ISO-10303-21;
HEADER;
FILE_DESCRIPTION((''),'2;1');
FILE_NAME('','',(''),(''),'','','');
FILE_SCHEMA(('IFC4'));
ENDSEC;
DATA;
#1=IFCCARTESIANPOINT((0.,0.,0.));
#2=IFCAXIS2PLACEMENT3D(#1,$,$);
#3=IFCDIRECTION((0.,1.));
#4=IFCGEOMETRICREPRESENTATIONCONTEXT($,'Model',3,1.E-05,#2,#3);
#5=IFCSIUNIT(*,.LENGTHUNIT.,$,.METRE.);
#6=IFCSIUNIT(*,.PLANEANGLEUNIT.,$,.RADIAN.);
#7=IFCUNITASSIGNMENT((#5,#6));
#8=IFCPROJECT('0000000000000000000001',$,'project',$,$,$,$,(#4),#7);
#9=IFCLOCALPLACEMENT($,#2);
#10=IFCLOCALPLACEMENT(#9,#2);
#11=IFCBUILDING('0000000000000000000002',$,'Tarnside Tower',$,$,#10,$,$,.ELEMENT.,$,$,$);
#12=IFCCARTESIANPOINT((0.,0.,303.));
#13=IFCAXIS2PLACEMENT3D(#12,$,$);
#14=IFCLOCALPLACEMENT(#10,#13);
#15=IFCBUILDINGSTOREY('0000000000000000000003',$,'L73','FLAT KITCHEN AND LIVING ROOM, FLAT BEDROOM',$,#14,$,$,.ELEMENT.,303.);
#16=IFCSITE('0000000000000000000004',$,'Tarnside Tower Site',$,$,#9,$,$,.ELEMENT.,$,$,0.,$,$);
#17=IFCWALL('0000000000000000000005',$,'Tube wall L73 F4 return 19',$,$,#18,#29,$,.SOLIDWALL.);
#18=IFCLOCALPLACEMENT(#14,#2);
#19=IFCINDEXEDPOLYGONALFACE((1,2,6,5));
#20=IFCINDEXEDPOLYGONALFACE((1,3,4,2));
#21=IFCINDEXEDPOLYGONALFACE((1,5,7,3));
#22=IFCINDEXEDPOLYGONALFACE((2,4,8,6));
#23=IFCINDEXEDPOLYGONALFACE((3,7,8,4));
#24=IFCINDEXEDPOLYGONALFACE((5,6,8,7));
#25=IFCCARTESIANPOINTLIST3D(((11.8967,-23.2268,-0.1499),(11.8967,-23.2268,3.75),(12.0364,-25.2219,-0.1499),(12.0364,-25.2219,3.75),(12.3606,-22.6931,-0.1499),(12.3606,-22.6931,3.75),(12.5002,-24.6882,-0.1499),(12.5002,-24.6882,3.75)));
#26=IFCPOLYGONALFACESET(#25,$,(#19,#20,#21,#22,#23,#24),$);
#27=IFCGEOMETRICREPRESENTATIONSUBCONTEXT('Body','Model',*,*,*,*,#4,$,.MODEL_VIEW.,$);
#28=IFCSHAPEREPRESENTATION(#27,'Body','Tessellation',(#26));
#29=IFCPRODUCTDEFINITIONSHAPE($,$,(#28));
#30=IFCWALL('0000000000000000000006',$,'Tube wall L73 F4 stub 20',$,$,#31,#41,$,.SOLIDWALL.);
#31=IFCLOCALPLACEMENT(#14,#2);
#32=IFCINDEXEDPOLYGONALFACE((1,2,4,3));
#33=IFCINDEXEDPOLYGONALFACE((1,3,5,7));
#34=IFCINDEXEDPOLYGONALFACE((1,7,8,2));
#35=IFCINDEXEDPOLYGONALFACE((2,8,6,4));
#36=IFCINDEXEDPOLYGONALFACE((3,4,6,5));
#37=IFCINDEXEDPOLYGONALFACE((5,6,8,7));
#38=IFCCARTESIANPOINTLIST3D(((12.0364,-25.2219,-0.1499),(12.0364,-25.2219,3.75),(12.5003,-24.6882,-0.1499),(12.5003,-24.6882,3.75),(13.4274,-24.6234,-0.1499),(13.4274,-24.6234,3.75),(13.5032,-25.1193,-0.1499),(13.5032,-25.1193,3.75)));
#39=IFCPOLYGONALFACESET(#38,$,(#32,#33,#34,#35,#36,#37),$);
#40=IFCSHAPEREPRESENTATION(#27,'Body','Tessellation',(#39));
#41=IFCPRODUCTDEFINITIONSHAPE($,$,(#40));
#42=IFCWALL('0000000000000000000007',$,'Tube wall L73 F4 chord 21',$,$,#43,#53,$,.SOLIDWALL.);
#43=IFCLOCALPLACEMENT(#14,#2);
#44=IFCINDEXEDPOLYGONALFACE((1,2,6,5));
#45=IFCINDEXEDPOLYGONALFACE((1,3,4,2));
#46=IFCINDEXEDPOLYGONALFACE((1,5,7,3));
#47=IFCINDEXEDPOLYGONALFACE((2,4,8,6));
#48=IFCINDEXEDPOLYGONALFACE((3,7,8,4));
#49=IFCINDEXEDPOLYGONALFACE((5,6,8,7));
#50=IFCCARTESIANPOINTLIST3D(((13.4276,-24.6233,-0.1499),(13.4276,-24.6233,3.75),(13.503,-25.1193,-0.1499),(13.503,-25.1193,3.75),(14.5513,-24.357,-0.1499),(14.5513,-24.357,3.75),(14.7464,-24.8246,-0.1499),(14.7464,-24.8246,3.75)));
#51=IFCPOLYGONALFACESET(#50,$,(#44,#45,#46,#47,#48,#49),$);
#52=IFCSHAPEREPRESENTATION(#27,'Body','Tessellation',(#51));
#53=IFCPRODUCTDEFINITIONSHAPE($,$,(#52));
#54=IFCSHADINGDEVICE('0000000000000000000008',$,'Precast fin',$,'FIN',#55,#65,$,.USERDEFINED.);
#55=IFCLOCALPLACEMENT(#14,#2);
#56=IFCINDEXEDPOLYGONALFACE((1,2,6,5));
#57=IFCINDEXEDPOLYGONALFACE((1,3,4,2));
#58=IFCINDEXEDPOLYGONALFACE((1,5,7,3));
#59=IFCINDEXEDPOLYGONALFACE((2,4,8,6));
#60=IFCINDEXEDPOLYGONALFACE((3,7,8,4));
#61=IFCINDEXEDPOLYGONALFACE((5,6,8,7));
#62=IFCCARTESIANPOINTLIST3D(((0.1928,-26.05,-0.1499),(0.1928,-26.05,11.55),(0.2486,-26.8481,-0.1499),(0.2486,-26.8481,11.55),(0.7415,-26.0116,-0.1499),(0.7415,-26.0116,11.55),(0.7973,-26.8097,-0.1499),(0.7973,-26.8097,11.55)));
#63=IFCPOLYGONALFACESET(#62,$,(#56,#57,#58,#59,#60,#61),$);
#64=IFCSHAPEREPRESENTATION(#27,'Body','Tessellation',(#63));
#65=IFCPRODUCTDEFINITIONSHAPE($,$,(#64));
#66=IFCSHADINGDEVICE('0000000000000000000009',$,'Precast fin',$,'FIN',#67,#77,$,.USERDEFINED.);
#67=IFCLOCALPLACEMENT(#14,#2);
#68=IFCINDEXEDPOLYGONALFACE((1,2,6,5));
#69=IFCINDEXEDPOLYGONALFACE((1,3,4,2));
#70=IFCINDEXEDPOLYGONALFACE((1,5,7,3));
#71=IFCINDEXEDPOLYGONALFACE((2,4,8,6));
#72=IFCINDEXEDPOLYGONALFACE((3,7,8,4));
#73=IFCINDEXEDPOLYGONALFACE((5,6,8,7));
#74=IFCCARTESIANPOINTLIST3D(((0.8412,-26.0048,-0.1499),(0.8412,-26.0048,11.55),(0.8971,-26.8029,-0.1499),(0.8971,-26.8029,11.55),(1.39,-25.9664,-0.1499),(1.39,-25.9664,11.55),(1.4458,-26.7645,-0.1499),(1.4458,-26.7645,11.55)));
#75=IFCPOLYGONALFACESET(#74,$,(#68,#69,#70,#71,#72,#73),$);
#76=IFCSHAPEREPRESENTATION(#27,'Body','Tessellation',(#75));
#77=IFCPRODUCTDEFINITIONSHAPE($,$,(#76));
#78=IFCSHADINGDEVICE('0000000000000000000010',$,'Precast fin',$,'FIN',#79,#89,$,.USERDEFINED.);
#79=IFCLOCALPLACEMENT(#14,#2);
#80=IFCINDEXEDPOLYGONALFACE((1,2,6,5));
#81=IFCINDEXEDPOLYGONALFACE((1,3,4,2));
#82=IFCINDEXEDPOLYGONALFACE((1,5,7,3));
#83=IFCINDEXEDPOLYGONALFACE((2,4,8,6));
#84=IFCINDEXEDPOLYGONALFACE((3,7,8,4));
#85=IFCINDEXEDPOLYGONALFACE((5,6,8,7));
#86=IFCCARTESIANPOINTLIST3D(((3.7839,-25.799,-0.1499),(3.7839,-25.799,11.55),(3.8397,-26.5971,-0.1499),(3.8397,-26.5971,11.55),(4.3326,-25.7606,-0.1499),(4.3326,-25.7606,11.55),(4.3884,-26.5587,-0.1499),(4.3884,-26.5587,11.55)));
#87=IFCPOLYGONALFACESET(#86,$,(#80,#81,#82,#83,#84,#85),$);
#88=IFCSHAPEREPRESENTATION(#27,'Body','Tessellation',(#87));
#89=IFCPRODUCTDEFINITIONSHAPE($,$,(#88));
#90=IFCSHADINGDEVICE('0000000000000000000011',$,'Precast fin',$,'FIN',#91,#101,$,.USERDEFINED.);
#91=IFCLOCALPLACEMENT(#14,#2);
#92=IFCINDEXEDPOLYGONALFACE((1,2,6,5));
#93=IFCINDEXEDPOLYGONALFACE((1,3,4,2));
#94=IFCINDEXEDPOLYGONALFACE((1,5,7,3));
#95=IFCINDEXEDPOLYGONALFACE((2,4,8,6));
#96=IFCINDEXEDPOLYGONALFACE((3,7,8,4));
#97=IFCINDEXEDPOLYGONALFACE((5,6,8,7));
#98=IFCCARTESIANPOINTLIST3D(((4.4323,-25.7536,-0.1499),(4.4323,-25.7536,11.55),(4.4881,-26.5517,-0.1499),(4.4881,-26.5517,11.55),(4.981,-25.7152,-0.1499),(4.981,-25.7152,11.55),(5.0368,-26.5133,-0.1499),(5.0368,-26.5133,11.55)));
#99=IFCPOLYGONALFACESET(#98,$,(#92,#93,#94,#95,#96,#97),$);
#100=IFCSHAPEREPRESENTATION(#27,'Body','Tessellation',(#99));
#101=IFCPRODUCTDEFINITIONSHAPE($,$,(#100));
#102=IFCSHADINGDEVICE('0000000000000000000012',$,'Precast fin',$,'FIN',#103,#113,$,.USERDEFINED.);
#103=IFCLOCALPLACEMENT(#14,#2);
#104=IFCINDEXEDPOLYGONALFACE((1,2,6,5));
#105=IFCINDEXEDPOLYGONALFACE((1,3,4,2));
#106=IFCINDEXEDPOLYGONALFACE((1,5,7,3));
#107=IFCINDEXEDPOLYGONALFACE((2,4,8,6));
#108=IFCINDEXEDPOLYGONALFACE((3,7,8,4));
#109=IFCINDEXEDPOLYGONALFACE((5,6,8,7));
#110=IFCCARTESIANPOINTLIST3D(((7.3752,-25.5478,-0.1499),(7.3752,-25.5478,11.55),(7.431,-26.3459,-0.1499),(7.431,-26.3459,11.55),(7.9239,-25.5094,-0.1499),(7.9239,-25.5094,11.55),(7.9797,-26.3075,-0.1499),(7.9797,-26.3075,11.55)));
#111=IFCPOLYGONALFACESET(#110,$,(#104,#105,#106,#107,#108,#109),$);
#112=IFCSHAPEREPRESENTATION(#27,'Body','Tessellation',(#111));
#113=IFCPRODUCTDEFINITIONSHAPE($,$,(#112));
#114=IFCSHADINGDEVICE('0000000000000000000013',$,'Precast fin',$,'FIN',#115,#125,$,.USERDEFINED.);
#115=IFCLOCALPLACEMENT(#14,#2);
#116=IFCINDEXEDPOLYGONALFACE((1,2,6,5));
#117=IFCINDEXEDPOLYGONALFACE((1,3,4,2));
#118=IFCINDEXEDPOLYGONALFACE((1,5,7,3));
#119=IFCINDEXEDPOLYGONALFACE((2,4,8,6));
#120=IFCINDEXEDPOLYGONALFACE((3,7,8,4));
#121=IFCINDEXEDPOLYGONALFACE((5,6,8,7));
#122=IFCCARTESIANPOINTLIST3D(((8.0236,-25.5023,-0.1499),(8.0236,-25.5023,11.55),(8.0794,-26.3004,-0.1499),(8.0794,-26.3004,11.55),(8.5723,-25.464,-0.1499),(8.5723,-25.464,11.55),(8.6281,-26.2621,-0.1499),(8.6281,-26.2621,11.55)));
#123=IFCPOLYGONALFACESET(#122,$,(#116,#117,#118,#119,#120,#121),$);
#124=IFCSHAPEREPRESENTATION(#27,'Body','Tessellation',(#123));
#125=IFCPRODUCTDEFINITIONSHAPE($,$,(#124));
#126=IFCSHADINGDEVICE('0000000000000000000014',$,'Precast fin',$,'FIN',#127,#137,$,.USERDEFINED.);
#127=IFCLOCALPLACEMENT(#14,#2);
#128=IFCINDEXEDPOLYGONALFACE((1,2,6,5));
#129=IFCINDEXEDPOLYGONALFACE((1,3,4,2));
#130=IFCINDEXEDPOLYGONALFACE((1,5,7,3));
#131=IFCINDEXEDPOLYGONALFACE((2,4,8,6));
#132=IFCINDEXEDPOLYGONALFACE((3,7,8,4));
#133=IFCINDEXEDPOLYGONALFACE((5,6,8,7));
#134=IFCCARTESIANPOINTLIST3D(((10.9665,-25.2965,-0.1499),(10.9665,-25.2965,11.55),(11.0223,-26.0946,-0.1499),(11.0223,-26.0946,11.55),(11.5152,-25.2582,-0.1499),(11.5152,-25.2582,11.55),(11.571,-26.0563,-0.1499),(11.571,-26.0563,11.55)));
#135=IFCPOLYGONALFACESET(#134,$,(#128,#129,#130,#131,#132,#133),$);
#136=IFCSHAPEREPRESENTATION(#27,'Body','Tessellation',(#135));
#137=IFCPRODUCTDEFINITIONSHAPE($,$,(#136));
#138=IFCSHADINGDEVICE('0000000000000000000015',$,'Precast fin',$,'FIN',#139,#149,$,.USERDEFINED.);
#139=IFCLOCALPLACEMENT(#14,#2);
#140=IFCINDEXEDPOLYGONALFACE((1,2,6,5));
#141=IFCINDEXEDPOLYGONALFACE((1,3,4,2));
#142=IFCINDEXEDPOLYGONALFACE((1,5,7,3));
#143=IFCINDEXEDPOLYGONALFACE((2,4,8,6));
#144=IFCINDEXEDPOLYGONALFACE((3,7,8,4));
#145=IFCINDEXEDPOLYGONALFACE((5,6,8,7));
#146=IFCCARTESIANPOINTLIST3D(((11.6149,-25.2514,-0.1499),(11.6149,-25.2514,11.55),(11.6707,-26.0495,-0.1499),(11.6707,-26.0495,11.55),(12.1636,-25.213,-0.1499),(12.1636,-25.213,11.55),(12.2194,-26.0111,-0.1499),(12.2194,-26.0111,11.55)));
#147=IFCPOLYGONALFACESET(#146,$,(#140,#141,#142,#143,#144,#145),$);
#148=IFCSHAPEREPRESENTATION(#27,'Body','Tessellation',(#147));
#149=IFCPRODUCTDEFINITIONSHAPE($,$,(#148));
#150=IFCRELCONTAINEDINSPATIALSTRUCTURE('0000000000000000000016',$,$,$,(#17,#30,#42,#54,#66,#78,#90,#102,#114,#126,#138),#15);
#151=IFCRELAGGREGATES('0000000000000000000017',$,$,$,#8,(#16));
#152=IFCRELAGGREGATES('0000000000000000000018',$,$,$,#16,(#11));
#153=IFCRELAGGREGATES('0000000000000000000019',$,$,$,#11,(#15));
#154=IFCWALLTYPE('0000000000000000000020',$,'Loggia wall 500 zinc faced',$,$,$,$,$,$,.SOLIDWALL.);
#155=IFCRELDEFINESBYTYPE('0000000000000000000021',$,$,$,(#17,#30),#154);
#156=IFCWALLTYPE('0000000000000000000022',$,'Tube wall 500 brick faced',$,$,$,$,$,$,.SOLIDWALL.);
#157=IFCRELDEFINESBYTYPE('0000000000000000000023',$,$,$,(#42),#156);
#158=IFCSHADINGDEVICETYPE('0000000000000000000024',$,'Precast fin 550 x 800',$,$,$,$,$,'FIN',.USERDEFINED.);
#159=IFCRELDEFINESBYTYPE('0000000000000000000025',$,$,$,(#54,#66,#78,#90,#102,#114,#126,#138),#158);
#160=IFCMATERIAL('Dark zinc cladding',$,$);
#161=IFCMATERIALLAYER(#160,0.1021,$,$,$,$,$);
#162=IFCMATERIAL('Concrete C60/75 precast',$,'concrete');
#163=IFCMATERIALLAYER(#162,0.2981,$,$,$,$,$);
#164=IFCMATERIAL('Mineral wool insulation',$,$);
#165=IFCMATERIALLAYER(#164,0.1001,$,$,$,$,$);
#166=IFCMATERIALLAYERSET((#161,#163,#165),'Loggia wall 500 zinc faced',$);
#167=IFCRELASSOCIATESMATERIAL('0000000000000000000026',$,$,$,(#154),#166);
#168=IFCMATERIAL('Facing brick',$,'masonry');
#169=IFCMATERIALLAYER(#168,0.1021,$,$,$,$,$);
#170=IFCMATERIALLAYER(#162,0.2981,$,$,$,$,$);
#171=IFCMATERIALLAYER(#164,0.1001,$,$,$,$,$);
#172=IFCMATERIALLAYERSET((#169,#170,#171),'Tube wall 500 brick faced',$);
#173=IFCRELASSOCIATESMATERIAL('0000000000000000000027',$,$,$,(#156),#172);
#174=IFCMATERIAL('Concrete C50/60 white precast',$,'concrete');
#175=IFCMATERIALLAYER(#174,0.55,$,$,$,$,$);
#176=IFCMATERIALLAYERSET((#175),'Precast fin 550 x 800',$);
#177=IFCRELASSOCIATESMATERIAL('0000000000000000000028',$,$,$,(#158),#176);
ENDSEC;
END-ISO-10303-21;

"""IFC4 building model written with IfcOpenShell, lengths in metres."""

from ifc_helpers import new_model, si_unit, direction, frame, origin, place, context, subcontext, project, spatial, polyline, outline, extrude, material, layer, layer_set, type_object, element, save


model = new_model("IFC4")

# Units and contexts
model_context = context("Model", 3, precision=1e-05, world=origin(), true_north=direction((0.0, 1.0)))
body_context = subcontext(model_context, "Body", "Model", "MODEL_VIEW")
ifc_project = project(units=[si_unit("LENGTHUNIT", "METRE"), si_unit("PLANEANGLEUNIT", "RADIAN")], contexts=[model_context])

# Site, building, storey
site_placement = place(None, origin())
site = spatial("IfcSite", under=ifc_project, at=site_placement, Name="Tarnside Tower Site", CompositionType="ELEMENT", RefElevation=0.0)
building_placement = place(site_placement, origin())
building = spatial("IfcBuilding", under=site, at=building_placement, Name="Tarnside Tower", CompositionType="ELEMENT")
storey_placement = place(building_placement, frame((0.0, 0.0, 303.0)))
storey = spatial("IfcBuildingStorey", under=building, at=storey_placement, Name="L73", Description="FLAT KITCHEN AND LIVING ROOM, FLAT BEDROOM", CompositionType="ELEMENT", Elevation=303.0)

# Walls
ifc_material_1 = material(Name="Dark zinc cladding")
ifc_layer_1 = layer(ifc_material_1, 0.1021)
ifc_material_2 = material(Name="Concrete C60/75 precast", Category="concrete")
ifc_layer_2 = layer(ifc_material_2, 0.2981)
ifc_material_3 = material(Name="Mineral wool insulation")
ifc_layer_3 = layer(ifc_material_3, 0.1001)
ifc_layer_set_1 = layer_set([ifc_layer_1, ifc_layer_2, ifc_layer_3], Name="Loggia wall 500 zinc faced")
wall_type_1 = type_object("IfcWallType", Name="Loggia wall 500 zinc faced", PredefinedType="SOLIDWALL", material=ifc_layer_set_1)
wall_1_placement = place(storey_placement, frame((12.1287, -22.96, -0.1499), z_axis=(0.0, 0.0, 1.0), x_axis=(0.069824, -0.997559, 0.0)))
element("IfcWall", 1, at=wall_1_placement, inside=storey, type_object=wall_type_1, Name="Tube wall L73 F4 return 19", PredefinedType="SOLIDWALL", context=body_context, shape_type="SweptSolid", body=[
    extrude(outline(polyline([(0.25, -0.25), (2.25, -0.25), (1.75, 0.25), (-0.25, 0.25), (0.25, -0.25)])), origin(), (0.0, 0.0, 1.0), 3.8999),
])
wall_2_placement = place(storey_placement, frame((12.2683, -24.9551, -0.1499), z_axis=(0.0, 0.0, 1.0), x_axis=(0.997562, 0.069787, 0.0)))
element("IfcWall", 2, at=wall_2_placement, inside=storey, type_object=wall_type_1, Name="Tube wall L73 F4 stub 20", PredefinedType="SOLIDWALL", context=body_context, shape_type="SweptSolid", body=[
    extrude(outline(polyline([(-0.25, -0.25), (1.2205, -0.25), (1.1794, 0.25), (0.25, 0.25), (-0.25, -0.25)])), origin(), (0.0, 0.0, 1.0), 3.8999),
])
ifc_material_4 = material(Name="Facing brick", Category="masonry")
ifc_layer_4 = layer(ifc_material_4, 0.1021)
ifc_layer_5 = layer(ifc_material_2, 0.2981)
ifc_layer_6 = layer(ifc_material_3, 0.1001)
ifc_layer_set_2 = layer_set([ifc_layer_4, ifc_layer_5, ifc_layer_6], Name="Tube wall 500 brick faced")
wall_type_2 = type_object("IfcWallType", Name="Tube wall 500 brick faced", PredefinedType="SOLIDWALL", material=ifc_layer_set_2)
wall_3_placement = place(storey_placement, frame((13.4653, -24.8713, -0.1499), z_axis=(0.0, 0.0, 1.0), x_axis=(0.973045, 0.230616, 0.0)))
element("IfcWall", 3, at=wall_3_placement, inside=storey, type_object=wall_type_2, Name="Tube wall L73 F4 chord 21", PredefinedType="SOLIDWALL", context=body_context, shape_type="SweptSolid", body=[
    extrude(outline(polyline([(-0.0205, -0.25), (1.2573, -0.25), (1.1753, 0.25), (0.0205, 0.25), (-0.0205, -0.25)])), origin(), (0.0, 0.0, 1.0), 3.8999),
])

# Shading devices
ifc_material_5 = material(Name="Concrete C50/60 white precast", Category="concrete")
ifc_layer_7 = layer(ifc_material_5, 0.55)
ifc_layer_set_3 = layer_set([ifc_layer_7], Name="Precast fin 550 x 800")
shading_device_type = type_object("IfcShadingDeviceType", Name="Precast fin 550 x 800", ElementType="FIN", PredefinedType="USERDEFINED", material=ifc_layer_set_3)
for number, where, z_axis, x_axis, name in (
    (4, (0.4673, -26.0308, -0.1499), (-0.997564, -0.069756, 0.0), (0.069756, -0.997564, 0.0), "Precast fin"),
    (5, (1.1157, -25.9856, -0.1499), (-0.997564, -0.069756, 0.0), (0.069756, -0.997564, 0.0), "Precast fin"),
    (6, (4.0583, -25.7798, -0.1499), (-0.997564, -0.069756, 0.0), (0.069756, -0.997564, 0.0), "Precast fin"),
    (7, (4.7068, -25.7344, -0.1499), (-0.997564, -0.069756, 0.0), (0.069756, -0.997564, 0.0), "Precast fin"),
    (8, (7.6497, -25.5286, -0.1499), (-0.997564, -0.069756, 0.0), (0.069756, -0.997564, 0.0), "Precast fin"),
    (9, (8.2981, -25.4832, -0.1499), (-0.997564, -0.069756, 0.0), (0.069756, -0.997564, 0.0), "Precast fin"),
    (10, (11.241, -25.2773, -0.1499), (-0.997564, -0.069756, 0.0), (0.069756, -0.997564, 0.0), "Precast fin"),
    (11, (11.8894, -25.2322, -0.1499), (-0.997564, -0.069756, 0.0), (0.069756, -0.997564, 0.0), "Precast fin"),
):
    element("IfcShadingDevice", number, at=place(storey_placement, frame(where, z_axis=z_axis, x_axis=x_axis)), inside=storey, type_object=shading_device_type, Name=name, ObjectType="FIN", PredefinedType="USERDEFINED", context=body_context, shape_type="SweptSolid", body=[
        extrude(outline(polyline([(0.0, 0.0), (0.8, 0.0), (0.8, 11.7), (0.0, 11.7), (0.0, 0.0)])), frame((0.0, 0.0, -0.2749)), (0.0, 0.0, 1.0), 0.55),
    ])

save(model, "model.ifc")
